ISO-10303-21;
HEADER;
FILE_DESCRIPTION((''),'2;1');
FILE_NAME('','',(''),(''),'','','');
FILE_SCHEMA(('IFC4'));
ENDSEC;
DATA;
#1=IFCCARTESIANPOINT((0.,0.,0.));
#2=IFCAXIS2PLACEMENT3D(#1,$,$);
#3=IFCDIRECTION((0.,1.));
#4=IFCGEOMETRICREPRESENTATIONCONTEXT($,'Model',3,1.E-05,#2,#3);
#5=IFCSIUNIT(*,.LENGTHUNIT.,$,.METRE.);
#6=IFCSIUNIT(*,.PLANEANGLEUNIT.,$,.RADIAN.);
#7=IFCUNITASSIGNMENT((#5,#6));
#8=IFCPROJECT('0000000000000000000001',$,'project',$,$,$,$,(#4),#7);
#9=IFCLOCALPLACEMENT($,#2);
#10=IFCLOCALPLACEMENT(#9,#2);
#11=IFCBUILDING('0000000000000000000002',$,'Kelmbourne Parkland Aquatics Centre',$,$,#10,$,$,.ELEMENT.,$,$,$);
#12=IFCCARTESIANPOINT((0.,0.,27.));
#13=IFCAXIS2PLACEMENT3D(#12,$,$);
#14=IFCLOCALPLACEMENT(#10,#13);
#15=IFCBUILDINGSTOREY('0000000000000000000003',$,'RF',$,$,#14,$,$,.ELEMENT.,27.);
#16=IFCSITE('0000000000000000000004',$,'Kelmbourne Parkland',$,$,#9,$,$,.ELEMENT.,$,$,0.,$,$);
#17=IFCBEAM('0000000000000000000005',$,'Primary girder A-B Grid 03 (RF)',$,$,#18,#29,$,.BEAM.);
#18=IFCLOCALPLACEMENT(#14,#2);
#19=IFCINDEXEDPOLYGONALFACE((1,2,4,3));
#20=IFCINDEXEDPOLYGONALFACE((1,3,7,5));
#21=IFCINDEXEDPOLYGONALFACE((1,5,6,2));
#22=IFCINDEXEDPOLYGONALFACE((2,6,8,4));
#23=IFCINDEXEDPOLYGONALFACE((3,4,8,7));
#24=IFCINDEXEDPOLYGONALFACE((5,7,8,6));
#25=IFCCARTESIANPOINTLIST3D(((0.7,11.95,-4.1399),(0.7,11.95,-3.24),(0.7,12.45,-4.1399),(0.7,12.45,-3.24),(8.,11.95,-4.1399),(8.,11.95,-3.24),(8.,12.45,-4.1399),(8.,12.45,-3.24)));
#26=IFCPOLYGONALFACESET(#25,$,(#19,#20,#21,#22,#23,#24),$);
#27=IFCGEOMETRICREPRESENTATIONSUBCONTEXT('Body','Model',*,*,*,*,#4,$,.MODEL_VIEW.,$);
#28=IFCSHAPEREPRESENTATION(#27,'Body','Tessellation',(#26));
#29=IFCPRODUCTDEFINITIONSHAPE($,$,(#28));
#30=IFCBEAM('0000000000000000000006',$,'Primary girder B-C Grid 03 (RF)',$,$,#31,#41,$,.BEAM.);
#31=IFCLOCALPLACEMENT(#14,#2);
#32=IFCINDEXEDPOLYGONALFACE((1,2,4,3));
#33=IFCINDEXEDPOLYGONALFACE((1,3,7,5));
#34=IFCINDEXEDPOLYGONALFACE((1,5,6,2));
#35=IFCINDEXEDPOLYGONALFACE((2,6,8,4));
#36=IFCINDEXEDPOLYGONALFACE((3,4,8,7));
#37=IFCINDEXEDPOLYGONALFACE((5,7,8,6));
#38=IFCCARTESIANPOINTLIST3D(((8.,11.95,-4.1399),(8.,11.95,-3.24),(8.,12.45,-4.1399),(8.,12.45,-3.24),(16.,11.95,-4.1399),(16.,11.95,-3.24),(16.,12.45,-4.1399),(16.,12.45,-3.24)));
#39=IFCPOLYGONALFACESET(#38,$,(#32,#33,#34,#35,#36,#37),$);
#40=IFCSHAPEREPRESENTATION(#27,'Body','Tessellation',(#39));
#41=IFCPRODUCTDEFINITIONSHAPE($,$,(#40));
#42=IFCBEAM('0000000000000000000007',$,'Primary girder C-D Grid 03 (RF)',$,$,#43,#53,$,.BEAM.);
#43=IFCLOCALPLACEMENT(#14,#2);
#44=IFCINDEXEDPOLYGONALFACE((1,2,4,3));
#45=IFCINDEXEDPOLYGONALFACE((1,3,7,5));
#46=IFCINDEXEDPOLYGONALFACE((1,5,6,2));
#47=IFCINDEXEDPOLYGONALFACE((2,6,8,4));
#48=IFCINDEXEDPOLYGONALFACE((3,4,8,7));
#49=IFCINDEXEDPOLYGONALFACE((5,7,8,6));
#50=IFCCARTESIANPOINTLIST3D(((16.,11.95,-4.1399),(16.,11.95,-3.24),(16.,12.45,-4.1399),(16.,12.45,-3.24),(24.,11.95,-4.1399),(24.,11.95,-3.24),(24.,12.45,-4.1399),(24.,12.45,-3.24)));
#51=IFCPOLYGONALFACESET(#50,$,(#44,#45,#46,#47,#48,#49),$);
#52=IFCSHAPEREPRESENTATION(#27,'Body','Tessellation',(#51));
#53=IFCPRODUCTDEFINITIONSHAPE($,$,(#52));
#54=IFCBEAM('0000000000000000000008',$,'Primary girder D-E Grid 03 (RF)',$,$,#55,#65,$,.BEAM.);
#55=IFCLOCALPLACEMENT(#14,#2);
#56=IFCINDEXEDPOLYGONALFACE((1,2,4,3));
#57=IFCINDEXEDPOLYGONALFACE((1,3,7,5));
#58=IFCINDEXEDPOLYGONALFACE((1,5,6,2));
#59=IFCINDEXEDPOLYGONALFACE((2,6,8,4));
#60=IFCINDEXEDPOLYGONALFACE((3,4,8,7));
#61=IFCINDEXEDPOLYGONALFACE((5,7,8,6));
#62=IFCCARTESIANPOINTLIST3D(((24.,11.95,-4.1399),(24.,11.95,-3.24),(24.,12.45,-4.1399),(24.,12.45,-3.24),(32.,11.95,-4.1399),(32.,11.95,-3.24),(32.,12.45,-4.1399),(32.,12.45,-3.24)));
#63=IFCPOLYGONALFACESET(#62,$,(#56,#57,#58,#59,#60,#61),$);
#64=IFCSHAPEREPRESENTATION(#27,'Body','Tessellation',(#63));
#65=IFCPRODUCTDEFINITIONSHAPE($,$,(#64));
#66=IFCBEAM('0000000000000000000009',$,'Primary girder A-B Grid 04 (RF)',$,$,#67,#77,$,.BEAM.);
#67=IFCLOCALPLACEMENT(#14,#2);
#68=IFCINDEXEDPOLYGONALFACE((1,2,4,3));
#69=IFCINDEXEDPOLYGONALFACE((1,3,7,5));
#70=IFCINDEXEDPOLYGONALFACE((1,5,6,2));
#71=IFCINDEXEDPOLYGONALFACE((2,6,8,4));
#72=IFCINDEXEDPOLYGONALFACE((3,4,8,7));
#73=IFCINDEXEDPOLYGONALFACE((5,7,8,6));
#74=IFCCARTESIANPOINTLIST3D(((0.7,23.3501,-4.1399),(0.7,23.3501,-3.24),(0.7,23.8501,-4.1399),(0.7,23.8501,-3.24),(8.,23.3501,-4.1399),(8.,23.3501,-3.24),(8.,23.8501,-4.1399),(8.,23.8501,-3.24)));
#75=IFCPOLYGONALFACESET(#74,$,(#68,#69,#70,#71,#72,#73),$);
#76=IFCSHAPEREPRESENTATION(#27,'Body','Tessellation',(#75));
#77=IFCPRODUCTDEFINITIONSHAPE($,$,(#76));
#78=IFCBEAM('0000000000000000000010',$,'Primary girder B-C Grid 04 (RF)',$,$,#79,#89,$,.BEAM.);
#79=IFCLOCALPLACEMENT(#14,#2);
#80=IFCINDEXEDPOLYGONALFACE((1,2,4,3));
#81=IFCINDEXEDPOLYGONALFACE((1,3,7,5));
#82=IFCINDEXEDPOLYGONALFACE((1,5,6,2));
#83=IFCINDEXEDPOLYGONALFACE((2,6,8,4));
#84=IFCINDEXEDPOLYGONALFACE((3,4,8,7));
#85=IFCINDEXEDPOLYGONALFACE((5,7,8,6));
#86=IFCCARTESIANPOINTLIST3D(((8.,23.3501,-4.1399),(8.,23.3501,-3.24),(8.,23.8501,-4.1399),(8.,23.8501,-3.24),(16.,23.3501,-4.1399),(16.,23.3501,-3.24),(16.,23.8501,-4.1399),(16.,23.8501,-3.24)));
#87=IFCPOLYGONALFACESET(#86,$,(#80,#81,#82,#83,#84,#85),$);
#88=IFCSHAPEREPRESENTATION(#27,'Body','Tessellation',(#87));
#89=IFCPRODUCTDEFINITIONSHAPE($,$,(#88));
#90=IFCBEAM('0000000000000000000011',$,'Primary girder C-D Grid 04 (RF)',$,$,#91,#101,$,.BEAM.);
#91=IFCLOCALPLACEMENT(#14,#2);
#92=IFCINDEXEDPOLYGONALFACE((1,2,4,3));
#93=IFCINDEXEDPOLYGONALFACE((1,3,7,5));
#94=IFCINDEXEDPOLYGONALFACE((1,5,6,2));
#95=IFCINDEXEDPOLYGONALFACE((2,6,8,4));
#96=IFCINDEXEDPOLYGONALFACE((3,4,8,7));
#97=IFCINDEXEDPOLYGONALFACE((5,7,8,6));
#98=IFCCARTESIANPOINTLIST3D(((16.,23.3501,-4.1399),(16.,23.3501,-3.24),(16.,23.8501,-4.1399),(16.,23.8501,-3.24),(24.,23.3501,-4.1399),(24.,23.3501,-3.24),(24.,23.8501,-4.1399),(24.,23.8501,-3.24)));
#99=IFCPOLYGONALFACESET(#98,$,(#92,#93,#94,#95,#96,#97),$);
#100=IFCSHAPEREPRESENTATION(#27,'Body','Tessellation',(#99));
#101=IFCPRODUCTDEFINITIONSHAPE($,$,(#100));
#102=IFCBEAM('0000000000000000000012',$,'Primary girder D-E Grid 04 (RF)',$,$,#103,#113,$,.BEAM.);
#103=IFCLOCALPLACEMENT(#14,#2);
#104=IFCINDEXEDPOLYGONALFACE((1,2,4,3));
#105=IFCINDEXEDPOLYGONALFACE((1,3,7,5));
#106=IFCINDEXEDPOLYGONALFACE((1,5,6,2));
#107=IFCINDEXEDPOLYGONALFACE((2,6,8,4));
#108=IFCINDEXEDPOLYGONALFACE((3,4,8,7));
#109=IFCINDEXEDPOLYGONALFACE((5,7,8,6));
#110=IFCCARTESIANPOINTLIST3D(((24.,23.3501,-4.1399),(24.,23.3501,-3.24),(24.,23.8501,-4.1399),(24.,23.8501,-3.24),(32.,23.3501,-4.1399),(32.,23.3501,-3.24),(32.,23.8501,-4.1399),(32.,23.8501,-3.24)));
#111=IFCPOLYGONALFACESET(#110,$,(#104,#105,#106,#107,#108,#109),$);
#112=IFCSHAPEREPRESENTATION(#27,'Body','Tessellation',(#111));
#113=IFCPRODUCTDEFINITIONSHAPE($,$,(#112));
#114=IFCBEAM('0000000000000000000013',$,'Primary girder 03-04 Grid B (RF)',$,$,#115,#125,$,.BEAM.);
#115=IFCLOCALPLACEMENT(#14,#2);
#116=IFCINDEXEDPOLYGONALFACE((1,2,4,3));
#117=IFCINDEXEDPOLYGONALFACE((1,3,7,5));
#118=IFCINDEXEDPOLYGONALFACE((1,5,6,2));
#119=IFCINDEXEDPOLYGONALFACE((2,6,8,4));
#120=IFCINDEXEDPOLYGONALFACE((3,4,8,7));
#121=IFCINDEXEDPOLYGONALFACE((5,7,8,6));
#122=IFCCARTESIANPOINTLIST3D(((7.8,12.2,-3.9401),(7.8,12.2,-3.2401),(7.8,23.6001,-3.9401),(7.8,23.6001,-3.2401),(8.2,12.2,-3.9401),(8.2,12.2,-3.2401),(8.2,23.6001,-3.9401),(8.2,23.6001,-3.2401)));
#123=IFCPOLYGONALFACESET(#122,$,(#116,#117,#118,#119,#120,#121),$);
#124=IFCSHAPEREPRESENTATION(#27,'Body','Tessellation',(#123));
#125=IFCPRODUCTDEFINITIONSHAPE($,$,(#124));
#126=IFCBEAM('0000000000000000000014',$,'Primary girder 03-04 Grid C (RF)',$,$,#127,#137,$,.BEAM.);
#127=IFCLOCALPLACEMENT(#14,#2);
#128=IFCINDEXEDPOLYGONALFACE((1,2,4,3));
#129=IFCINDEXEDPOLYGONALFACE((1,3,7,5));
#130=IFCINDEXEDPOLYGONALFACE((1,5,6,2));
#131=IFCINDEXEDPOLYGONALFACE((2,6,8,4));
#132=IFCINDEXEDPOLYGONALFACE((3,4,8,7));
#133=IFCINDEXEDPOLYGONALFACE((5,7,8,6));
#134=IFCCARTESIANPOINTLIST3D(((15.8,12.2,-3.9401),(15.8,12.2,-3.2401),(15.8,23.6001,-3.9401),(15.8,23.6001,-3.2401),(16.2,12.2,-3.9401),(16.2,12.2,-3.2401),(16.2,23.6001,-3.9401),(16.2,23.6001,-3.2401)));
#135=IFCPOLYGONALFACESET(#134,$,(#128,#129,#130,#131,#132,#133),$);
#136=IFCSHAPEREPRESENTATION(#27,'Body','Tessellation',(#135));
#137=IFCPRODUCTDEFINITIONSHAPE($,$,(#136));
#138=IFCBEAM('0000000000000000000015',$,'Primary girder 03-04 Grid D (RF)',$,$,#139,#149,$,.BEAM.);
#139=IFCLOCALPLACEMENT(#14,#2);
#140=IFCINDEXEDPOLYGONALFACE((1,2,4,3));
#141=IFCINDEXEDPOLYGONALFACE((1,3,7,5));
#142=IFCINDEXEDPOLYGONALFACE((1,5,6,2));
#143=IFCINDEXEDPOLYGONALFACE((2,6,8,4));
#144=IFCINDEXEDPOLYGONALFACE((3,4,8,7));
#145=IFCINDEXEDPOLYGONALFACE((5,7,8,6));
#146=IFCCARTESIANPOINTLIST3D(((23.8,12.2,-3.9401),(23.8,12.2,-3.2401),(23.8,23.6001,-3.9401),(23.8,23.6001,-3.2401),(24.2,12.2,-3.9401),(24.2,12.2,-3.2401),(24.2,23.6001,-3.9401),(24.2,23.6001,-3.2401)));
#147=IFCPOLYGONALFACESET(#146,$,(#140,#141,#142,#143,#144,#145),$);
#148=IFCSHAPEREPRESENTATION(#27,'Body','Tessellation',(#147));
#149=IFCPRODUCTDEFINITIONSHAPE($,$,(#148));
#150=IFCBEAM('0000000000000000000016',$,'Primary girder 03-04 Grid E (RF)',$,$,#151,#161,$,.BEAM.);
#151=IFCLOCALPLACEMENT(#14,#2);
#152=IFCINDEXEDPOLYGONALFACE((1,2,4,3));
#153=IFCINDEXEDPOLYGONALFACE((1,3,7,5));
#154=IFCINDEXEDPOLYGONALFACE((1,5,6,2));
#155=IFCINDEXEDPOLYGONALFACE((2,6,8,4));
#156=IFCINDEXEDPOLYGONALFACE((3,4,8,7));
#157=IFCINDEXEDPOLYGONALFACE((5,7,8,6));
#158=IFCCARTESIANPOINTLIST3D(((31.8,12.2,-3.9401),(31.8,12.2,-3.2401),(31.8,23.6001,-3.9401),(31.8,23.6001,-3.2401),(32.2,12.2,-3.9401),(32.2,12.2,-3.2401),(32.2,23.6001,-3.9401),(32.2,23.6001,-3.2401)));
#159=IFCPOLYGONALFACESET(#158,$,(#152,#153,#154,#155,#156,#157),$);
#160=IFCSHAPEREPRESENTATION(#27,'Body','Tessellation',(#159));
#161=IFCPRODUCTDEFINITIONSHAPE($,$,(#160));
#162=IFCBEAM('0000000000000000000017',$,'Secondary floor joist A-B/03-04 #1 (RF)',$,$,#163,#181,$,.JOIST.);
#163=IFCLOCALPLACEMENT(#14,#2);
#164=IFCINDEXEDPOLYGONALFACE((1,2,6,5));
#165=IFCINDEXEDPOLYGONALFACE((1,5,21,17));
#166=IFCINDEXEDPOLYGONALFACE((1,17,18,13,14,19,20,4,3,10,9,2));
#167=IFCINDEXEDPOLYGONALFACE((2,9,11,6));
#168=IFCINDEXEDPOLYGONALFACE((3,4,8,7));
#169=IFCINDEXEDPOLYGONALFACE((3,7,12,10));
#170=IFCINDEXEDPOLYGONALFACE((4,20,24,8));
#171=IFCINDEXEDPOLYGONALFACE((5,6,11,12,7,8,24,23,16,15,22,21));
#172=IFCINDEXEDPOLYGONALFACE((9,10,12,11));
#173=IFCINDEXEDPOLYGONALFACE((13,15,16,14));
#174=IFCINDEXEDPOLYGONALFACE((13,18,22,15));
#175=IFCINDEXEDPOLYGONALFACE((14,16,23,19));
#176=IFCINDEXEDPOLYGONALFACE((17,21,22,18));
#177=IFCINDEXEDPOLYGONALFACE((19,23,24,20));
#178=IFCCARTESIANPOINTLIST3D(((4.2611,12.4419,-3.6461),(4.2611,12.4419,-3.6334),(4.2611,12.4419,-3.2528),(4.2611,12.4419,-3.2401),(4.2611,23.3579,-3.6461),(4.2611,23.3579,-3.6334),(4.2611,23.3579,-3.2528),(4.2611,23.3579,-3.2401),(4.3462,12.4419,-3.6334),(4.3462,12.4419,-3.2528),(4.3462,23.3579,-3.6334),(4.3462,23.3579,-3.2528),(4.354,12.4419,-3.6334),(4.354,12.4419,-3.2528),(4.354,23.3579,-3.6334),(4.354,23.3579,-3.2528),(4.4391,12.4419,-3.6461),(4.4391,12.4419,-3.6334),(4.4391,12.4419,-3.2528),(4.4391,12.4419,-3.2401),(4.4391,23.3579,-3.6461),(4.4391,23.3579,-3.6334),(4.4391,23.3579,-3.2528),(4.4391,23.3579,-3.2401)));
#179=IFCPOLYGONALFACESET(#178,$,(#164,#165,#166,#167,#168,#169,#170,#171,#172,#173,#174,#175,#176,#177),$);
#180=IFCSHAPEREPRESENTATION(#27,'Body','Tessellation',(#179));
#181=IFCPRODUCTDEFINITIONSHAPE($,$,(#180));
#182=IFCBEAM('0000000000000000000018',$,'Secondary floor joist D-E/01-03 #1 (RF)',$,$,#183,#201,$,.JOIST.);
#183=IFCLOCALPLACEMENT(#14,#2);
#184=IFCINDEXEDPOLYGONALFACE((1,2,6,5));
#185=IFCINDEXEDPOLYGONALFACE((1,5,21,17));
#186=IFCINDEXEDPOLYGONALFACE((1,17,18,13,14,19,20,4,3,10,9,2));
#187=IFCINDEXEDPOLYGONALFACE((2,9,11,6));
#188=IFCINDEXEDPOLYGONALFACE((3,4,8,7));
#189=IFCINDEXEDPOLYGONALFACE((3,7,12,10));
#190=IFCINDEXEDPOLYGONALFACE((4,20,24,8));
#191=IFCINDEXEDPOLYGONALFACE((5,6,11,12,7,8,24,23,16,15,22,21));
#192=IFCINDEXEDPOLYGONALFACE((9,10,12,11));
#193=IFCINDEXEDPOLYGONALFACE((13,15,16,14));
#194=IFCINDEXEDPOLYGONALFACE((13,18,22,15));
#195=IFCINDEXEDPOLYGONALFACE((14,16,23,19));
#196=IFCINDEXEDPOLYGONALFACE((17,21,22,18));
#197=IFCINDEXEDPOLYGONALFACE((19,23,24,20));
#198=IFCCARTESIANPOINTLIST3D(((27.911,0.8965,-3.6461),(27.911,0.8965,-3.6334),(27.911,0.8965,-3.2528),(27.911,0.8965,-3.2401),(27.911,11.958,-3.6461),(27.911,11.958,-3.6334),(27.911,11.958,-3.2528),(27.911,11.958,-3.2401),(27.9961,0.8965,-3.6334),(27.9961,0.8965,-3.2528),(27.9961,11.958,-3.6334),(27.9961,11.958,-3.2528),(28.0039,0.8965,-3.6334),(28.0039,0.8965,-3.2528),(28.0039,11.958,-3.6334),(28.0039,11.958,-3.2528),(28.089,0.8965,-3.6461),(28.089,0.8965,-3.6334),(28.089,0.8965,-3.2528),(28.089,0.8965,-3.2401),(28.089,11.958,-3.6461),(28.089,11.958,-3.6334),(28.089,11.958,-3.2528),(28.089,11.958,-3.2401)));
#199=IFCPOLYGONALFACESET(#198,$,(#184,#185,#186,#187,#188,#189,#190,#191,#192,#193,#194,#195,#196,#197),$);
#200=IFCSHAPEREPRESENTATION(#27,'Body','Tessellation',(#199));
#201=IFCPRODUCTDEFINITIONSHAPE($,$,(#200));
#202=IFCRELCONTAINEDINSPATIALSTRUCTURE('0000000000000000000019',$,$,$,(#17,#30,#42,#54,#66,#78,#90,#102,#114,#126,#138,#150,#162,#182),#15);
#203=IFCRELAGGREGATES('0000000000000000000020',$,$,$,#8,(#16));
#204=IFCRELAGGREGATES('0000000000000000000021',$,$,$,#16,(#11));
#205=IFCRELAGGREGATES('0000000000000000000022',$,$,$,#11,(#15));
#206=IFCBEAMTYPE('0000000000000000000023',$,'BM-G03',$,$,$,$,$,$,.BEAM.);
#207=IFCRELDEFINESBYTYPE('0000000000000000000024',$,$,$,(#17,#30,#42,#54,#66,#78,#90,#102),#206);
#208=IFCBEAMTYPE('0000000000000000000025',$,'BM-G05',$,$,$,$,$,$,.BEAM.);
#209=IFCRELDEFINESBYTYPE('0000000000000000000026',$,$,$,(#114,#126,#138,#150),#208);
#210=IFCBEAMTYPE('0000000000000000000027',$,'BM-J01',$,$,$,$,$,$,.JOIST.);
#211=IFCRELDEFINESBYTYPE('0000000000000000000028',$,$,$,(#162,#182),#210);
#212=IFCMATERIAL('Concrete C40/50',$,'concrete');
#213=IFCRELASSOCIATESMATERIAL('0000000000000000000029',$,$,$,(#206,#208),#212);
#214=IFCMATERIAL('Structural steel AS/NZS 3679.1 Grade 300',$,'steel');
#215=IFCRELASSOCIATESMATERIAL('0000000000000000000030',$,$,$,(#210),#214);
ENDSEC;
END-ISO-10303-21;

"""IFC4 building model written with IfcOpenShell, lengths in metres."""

from ifc_helpers import new_model, si_unit, direction, frame, origin, origin_2d, place, context, subcontext, project, spatial, rectangle, i_section, extrude, material, material_profile, profile_set, type_object, element, save


model = new_model("IFC4")

# Units and contexts
model_context = context("Model", 3, precision=1e-05, world=origin(), true_north=direction((0.0, 1.0)))
body_context = subcontext(model_context, "Body", "Model", "MODEL_VIEW")
ifc_project = project(units=[si_unit("LENGTHUNIT", "METRE"), si_unit("PLANEANGLEUNIT", "RADIAN")], contexts=[model_context])

# Site, building, storey
site_placement = place(None, origin())
site = spatial("IfcSite", under=ifc_project, at=site_placement, Name="Kelmbourne Parkland", CompositionType="ELEMENT", RefElevation=0.0)
building_placement = place(site_placement, origin())
building = spatial("IfcBuilding", under=site, at=building_placement, Name="Kelmbourne Parkland Aquatics Centre", CompositionType="ELEMENT")
storey_placement = place(building_placement, frame((0.0, 0.0, 27.0)))
storey = spatial("IfcBuildingStorey", under=building, at=storey_placement, Name="RF", CompositionType="ELEMENT", Elevation=27.0)

# Beams
ifc_material_1 = material(Name="Concrete C40/50", Category="concrete")
ifc_material_profile_1 = material_profile(ifc_material_1, rectangle(XDim=0.5, YDim=0.8999, at=origin_2d()), Name="RC 500x900")
ifc_profile_set_1 = profile_set([ifc_material_profile_1], Name="Concrete C40/50")
beam_type_1 = type_object("IfcBeamType", Name="BM-G03", PredefinedType="BEAM", material=ifc_profile_set_1)
beam_1_placement = place(storey_placement, frame((0.7, 12.2, -3.6899), z_axis=(1.0, 0.0, 0.0), x_axis=(0.0, 1.0, 0.0)))
element("IfcBeam", 1, at=beam_1_placement, inside=storey, type_object=beam_type_1, Name="Primary girder A-B Grid 03 (RF)", PredefinedType="BEAM", context=body_context, shape_type="SweptSolid", body=[
    extrude(rectangle(XDim=0.5, YDim=0.8999, at=origin_2d()), origin(), (0.0, 0.0, 1.0), 7.3),
])
for number, where, z_axis, x_axis, name in (
    (2, (8.0, 12.2, -3.6899), (1.0, 0.0, 0.0), (0.0, 1.0, 0.0), "Primary girder B-C Grid 03 (RF)"),
    (3, (16.0, 12.2, -3.6899), (1.0, 0.0, 0.0), (0.0, 1.0, 0.0), "Primary girder C-D Grid 03 (RF)"),
    (4, (24.0, 12.2, -3.6899), (1.0, 0.0, 0.0), (0.0, 1.0, 0.0), "Primary girder D-E Grid 03 (RF)"),
):
    element("IfcBeam", number, at=place(storey_placement, frame(where, z_axis=z_axis, x_axis=x_axis)), inside=storey, type_object=beam_type_1, Name=name, PredefinedType="BEAM", context=body_context, shape_type="SweptSolid", body=[
        extrude(rectangle(XDim=0.5, YDim=0.8999, at=origin_2d()), origin(), (0.0, 0.0, 1.0), 8.0),
    ])
beam_2_placement = place(storey_placement, frame((0.7, 23.6001, -3.6899), z_axis=(1.0, 0.0, 0.0), x_axis=(0.0, 1.0, 0.0)))
element("IfcBeam", 5, at=beam_2_placement, inside=storey, type_object=beam_type_1, Name="Primary girder A-B Grid 04 (RF)", PredefinedType="BEAM", context=body_context, shape_type="SweptSolid", body=[
    extrude(rectangle(XDim=0.5, YDim=0.8999, at=origin_2d()), origin(), (0.0, 0.0, 1.0), 7.3),
])
for number, where, z_axis, x_axis, name in (
    (6, (8.0, 23.6001, -3.6899), (1.0, 0.0, 0.0), (0.0, 1.0, 0.0), "Primary girder B-C Grid 04 (RF)"),
    (7, (16.0, 23.6001, -3.6899), (1.0, 0.0, 0.0), (0.0, 1.0, 0.0), "Primary girder C-D Grid 04 (RF)"),
    (8, (24.0, 23.6001, -3.6899), (1.0, 0.0, 0.0), (0.0, 1.0, 0.0), "Primary girder D-E Grid 04 (RF)"),
):
    element("IfcBeam", number, at=place(storey_placement, frame(where, z_axis=z_axis, x_axis=x_axis)), inside=storey, type_object=beam_type_1, Name=name, PredefinedType="BEAM", context=body_context, shape_type="SweptSolid", body=[
        extrude(rectangle(XDim=0.5, YDim=0.8999, at=origin_2d()), origin(), (0.0, 0.0, 1.0), 8.0),
    ])
ifc_material_profile_2 = material_profile(ifc_material_1, rectangle(XDim=0.3999, YDim=0.7, at=origin_2d()), Name="RC 400x700")
ifc_profile_set_2 = profile_set([ifc_material_profile_2], Name="Concrete C40/50")
beam_type_2 = type_object("IfcBeamType", Name="BM-G05", PredefinedType="BEAM", material=ifc_profile_set_2)
for number, where, z_axis, x_axis, name in (
    (9, (8.0, 12.2, -3.5901), (0.0, 1.0, 0.0), (-1.0, 0.0, 0.0), "Primary girder 03-04 Grid B (RF)"),
    (10, (16.0, 12.2, -3.5901), (0.0, 1.0, 0.0), (-1.0, 0.0, 0.0), "Primary girder 03-04 Grid C (RF)"),
    (11, (24.0, 12.2, -3.5901), (0.0, 1.0, 0.0), (-1.0, 0.0, 0.0), "Primary girder 03-04 Grid D (RF)"),
    (12, (32.0, 12.2, -3.5901), (0.0, 1.0, 0.0), (-1.0, 0.0, 0.0), "Primary girder 03-04 Grid E (RF)"),
):
    element("IfcBeam", number, at=place(storey_placement, frame(where, z_axis=z_axis, x_axis=x_axis)), inside=storey, type_object=beam_type_2, Name=name, PredefinedType="BEAM", context=body_context, shape_type="SweptSolid", body=[
        extrude(rectangle(XDim=0.3999, YDim=0.7, at=origin_2d()), origin(), (0.0, 0.0, 1.0), 11.4001),
    ])
ifc_material_2 = material(Name="Structural steel AS/NZS 3679.1 Grade 300", Category="steel")
ifc_material_profile_3 = material_profile(ifc_material_2, i_section(OverallWidth=0.178, OverallDepth=0.406, WebThickness=0.0078, FlangeThickness=0.0127, at=origin_2d()), Name="410UB59.7")
ifc_profile_set_3 = profile_set([ifc_material_profile_3], Name="Structural steel AS/NZS 3679.1 Grade 300")
beam_type_3 = type_object("IfcBeamType", Name="BM-J01", PredefinedType="JOIST", material=ifc_profile_set_3)
beam_3_placement = place(storey_placement, frame((4.3501, 12.4419, -3.4431), z_axis=(0.0, 1.0, 0.0), x_axis=(-1.0, 0.0, 0.0)))
element("IfcBeam", 13, at=beam_3_placement, inside=storey, type_object=beam_type_3, Name="Secondary floor joist A-B/03-04 #1 (RF)", PredefinedType="JOIST", context=body_context, shape_type="SweptSolid", body=[
    extrude(i_section(OverallWidth=0.178, OverallDepth=0.406, WebThickness=0.0078, FlangeThickness=0.0127, at=origin_2d()), origin(), (0.0, 0.0, 1.0), 10.916),
])
beam_4_placement = place(storey_placement, frame((28.0, 0.8965, -3.4431), z_axis=(0.0, 1.0, 0.0), x_axis=(-1.0, 0.0, 0.0)))
element("IfcBeam", 14, at=beam_4_placement, inside=storey, type_object=beam_type_3, Name="Secondary floor joist D-E/01-03 #1 (RF)", PredefinedType="JOIST", context=body_context, shape_type="SweptSolid", body=[
    extrude(i_section(OverallWidth=0.178, OverallDepth=0.406, WebThickness=0.0078, FlangeThickness=0.0127, at=origin_2d()), origin(), (0.0, 0.0, 1.0), 11.0615),
])

save(model, "model.ifc")
